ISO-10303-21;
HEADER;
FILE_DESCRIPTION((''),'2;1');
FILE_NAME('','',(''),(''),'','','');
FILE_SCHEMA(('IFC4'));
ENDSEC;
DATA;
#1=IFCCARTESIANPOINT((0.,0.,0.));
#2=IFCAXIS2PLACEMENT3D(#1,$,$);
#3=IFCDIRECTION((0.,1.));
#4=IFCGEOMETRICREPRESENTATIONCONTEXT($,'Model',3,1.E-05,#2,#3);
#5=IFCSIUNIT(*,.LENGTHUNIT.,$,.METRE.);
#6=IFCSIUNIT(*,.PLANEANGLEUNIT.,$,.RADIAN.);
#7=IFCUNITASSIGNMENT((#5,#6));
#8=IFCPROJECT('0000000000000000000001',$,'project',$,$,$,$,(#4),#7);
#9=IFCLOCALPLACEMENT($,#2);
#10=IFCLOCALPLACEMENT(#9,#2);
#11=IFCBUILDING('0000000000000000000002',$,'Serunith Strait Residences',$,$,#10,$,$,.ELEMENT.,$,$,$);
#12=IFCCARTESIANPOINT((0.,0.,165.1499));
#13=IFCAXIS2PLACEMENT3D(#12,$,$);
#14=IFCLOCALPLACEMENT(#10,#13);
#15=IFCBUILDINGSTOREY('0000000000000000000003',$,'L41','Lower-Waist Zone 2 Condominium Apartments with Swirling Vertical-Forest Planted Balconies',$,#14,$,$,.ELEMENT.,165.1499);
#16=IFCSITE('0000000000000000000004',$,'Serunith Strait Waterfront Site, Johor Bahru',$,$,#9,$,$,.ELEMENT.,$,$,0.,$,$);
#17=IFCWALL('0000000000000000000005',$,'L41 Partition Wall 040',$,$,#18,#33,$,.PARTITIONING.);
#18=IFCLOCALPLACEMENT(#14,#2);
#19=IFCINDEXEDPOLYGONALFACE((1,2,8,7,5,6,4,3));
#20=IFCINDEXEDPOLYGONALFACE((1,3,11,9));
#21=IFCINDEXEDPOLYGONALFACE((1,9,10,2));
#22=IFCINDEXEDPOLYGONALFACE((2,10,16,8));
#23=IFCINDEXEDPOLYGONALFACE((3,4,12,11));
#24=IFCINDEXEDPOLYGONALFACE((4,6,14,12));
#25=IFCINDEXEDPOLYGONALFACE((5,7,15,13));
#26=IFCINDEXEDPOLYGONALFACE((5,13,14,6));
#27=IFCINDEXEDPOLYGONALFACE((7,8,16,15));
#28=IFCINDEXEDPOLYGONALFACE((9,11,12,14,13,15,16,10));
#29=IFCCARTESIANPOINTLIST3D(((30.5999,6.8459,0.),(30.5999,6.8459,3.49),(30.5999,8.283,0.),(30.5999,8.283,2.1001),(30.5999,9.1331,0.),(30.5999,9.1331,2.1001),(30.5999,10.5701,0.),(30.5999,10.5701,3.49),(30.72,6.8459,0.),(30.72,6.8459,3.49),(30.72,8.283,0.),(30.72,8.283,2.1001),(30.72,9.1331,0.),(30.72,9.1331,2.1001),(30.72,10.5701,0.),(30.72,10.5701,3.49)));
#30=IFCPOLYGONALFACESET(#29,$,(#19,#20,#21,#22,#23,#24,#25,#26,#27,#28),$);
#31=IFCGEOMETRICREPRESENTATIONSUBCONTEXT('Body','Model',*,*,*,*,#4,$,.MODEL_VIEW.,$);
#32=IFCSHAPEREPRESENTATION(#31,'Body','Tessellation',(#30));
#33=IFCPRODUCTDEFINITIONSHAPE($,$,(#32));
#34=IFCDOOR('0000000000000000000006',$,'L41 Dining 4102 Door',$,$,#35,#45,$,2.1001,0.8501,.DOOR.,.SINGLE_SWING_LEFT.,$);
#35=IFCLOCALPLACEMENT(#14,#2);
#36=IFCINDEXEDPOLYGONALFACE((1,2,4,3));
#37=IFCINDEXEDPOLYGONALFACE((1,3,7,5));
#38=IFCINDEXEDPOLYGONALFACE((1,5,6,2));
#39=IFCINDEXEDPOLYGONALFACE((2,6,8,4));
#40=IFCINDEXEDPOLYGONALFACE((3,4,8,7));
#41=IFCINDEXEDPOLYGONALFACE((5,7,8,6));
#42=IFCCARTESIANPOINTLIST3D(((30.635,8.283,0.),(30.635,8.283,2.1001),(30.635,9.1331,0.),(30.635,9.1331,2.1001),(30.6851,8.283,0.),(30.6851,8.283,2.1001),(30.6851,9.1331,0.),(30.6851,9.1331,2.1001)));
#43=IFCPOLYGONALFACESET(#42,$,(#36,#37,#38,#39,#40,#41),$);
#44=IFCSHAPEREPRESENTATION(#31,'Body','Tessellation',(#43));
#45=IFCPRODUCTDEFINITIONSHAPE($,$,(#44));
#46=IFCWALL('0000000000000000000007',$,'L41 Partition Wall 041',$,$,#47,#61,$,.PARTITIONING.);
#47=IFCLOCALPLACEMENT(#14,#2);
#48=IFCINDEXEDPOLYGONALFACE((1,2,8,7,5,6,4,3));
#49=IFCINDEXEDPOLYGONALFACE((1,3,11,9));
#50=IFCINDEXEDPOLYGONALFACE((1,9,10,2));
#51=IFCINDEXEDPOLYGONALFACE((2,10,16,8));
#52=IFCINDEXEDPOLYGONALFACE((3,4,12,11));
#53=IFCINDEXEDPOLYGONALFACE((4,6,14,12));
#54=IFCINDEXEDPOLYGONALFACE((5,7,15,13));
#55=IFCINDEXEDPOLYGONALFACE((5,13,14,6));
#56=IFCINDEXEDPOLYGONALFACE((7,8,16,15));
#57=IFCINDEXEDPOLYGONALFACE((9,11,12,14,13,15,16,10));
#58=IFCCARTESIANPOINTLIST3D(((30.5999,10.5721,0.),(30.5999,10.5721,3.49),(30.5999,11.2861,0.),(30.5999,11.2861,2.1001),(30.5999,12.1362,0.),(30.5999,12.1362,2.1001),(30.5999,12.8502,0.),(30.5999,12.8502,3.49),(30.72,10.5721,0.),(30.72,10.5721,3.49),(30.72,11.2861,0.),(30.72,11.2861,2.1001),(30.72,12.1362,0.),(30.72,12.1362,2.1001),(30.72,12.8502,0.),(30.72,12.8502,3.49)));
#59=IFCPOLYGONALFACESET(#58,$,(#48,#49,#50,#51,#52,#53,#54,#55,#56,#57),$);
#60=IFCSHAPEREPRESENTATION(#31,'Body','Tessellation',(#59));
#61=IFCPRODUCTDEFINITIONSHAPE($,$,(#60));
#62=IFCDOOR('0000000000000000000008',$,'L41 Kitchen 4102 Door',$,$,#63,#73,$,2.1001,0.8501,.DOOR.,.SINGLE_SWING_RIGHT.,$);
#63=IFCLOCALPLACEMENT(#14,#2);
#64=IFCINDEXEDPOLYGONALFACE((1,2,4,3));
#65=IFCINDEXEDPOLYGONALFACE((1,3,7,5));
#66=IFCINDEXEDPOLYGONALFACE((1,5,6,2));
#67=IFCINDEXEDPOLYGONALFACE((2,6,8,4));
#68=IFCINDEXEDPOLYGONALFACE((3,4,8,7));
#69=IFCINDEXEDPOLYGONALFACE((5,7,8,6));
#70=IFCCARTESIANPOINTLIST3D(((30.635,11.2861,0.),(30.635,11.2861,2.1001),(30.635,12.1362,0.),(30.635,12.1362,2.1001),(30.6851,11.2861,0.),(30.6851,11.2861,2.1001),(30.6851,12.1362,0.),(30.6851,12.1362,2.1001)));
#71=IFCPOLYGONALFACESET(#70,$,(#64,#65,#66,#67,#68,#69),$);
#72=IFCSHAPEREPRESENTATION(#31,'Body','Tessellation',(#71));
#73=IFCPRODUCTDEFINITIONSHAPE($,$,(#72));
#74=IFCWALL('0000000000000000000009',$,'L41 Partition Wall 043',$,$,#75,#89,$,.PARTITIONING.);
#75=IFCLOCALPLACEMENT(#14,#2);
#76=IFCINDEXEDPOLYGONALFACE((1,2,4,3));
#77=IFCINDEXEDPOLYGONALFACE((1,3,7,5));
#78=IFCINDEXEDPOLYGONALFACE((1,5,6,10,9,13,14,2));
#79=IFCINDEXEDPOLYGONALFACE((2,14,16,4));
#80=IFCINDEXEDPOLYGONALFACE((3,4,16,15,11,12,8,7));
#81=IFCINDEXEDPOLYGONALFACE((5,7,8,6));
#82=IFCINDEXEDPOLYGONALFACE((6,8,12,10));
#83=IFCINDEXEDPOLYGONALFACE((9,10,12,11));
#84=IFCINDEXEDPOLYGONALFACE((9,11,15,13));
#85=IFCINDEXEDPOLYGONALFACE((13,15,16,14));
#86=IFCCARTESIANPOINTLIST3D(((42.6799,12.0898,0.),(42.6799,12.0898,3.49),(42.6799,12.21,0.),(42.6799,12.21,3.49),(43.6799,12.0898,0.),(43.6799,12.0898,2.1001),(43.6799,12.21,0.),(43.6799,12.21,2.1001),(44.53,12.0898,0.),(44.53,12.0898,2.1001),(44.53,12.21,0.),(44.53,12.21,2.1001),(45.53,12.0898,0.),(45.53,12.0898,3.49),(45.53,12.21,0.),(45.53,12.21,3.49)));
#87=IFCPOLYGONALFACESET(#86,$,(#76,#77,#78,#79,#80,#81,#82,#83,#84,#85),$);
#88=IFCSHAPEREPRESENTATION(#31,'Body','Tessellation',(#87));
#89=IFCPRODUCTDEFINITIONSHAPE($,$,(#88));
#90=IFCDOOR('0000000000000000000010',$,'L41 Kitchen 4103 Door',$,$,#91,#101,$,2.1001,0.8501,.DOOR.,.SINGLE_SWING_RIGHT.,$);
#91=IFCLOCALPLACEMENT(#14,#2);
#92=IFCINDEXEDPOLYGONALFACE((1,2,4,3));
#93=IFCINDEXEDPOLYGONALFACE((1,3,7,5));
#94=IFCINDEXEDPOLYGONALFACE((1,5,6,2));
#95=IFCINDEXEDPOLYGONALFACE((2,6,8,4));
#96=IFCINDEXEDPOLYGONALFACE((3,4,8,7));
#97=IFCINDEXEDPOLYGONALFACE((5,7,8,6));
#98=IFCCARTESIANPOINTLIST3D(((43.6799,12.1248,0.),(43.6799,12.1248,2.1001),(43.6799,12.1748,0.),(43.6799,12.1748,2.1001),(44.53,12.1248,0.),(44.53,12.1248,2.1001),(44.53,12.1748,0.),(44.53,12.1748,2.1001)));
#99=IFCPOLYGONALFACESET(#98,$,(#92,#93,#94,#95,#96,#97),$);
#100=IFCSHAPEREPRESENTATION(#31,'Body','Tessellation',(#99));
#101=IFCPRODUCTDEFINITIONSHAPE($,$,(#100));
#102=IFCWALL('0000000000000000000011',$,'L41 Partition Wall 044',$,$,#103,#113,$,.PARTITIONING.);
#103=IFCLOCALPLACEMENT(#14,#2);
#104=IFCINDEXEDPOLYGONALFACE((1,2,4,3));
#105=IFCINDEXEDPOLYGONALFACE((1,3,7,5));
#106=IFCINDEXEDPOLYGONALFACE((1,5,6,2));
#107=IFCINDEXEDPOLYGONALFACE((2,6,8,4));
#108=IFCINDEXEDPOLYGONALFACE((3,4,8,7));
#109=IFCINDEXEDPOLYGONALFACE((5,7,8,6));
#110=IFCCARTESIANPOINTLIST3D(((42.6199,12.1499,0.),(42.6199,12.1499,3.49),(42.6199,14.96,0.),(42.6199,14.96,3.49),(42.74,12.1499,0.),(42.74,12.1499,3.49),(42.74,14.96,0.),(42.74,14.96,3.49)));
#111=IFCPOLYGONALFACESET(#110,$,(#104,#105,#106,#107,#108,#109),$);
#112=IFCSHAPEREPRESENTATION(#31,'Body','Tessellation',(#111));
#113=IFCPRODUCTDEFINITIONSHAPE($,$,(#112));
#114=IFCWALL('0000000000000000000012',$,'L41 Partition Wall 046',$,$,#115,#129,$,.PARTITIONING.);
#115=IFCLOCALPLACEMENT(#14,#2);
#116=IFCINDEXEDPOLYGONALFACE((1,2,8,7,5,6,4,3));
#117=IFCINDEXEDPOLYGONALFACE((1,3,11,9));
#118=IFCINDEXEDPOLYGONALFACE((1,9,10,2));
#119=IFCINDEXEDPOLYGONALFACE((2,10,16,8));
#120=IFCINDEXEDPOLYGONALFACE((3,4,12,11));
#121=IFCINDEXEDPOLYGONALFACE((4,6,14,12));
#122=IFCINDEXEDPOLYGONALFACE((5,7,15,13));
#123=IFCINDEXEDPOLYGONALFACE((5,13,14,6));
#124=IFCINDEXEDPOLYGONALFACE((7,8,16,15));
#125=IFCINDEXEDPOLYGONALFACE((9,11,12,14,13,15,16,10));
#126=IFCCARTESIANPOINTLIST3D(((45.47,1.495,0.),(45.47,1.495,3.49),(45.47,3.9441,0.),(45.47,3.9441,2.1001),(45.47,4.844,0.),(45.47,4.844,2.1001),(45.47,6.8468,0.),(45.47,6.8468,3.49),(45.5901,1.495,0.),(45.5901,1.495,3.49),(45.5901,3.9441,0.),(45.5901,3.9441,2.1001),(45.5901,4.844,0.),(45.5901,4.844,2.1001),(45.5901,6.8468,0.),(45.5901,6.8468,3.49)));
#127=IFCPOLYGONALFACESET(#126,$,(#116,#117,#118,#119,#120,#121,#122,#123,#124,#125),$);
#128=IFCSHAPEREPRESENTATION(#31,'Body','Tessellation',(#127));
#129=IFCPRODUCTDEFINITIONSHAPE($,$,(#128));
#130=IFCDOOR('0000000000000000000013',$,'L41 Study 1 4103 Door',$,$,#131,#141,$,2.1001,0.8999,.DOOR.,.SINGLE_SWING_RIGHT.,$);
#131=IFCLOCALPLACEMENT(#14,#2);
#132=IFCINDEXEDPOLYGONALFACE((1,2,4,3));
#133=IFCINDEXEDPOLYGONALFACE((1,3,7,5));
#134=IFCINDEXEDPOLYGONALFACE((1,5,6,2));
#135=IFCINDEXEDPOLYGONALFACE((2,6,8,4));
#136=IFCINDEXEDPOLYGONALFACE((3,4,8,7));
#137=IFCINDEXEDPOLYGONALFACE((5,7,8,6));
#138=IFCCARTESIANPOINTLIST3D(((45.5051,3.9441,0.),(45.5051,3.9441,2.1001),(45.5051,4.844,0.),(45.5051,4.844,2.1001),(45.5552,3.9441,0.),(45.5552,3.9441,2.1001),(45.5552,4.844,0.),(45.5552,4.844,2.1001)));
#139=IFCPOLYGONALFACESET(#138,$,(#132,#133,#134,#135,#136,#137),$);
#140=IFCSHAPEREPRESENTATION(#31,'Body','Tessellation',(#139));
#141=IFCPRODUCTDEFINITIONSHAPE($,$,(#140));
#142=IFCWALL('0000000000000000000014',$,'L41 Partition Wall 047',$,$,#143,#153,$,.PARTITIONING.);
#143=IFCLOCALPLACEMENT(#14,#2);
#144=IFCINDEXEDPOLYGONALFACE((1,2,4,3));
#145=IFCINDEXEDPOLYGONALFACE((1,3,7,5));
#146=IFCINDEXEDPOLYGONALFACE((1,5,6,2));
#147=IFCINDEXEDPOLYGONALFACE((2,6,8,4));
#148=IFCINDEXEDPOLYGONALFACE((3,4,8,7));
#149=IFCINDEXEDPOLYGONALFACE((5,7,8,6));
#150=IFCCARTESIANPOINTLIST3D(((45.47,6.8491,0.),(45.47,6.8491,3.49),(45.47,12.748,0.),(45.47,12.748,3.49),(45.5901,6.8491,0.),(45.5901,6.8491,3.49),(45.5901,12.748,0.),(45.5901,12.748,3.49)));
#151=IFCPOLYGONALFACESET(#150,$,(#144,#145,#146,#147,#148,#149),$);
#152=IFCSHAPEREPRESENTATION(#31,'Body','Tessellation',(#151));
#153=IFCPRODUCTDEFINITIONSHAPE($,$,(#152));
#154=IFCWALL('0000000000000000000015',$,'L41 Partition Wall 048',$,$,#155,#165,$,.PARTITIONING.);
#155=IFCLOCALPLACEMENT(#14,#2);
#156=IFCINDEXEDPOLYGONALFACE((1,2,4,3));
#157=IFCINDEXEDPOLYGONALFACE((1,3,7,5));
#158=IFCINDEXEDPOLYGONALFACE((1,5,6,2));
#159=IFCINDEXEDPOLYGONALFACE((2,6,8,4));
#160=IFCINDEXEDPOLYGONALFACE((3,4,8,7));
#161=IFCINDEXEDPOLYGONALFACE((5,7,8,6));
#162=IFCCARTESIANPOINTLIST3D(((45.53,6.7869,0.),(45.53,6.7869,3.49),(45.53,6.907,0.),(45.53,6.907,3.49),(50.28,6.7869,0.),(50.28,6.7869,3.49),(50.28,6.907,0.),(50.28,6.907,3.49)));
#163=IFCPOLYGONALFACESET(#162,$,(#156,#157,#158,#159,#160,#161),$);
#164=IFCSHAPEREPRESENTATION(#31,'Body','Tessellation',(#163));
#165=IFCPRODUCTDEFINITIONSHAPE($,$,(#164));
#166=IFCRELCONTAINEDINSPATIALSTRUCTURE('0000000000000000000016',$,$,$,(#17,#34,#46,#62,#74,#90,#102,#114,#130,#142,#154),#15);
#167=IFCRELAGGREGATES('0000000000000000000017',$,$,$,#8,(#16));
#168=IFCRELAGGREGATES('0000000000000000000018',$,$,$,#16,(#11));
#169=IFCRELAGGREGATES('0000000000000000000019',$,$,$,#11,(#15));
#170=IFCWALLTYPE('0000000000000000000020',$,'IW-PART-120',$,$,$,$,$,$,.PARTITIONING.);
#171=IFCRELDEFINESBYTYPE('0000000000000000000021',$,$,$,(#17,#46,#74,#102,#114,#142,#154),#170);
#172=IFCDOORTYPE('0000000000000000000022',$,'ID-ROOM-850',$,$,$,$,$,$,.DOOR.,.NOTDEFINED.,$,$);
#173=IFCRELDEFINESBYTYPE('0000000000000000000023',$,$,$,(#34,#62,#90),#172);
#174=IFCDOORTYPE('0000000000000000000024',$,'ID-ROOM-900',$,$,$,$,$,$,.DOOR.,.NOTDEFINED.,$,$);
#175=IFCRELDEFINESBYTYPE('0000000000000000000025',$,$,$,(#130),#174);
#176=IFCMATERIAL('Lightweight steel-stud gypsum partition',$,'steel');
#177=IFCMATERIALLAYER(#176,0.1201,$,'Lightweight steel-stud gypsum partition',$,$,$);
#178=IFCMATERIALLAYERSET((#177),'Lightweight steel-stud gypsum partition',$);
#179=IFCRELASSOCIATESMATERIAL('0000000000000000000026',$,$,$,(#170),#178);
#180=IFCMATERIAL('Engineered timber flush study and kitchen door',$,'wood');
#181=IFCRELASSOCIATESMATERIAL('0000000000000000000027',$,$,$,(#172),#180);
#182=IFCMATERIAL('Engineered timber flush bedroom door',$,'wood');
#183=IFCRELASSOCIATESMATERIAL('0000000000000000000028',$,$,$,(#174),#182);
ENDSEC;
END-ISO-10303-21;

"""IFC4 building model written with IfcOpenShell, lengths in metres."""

from ifc_helpers import new_model, si_unit, direction, frame, frame_2d, origin, place, context, subcontext, project, spatial, rectangle, extrude, source, transform, mapped, material, layer, layer_set, type_object, element, fill, save


model = new_model("IFC4")

# Units and contexts
model_context = context("Model", 3, precision=1e-05, world=origin(), true_north=direction((0.0, 1.0)))
body_context = subcontext(model_context, "Body", "Model", "MODEL_VIEW")
ifc_project = project(units=[si_unit("LENGTHUNIT", "METRE"), si_unit("PLANEANGLEUNIT", "RADIAN")], contexts=[model_context])

# Site, building, storey
site_placement = place(None, origin())
site = spatial("IfcSite", under=ifc_project, at=site_placement, Name="Serunith Strait Waterfront Site, Johor Bahru", CompositionType="ELEMENT", RefElevation=0.0)
building_placement = place(site_placement, origin())
building = spatial("IfcBuilding", under=site, at=building_placement, Name="Serunith Strait Residences", CompositionType="ELEMENT")
storey_placement = place(building_placement, frame((0.0, 0.0, 165.1499)))
storey = spatial("IfcBuildingStorey", under=building, at=storey_placement, Name="L41", Description="Lower-Waist Zone 2 Condominium Apartments with Swirling Vertical-Forest Planted Balconies", CompositionType="ELEMENT", Elevation=165.1499)

# Shared definitions
ifc_material_1 = material(Name="Lightweight steel-stud gypsum partition", Category="steel")
ifc_layer_1 = layer(ifc_material_1, 0.1201, Name="Lightweight steel-stud gypsum partition")
ifc_layer_set_1 = layer_set([ifc_layer_1], Name="Lightweight steel-stud gypsum partition")
wall_type_1 = type_object("IfcWallType", Name="IW-PART-120", PredefinedType="PARTITIONING", material=ifc_layer_set_1)

# Walls, openings, doors
wall_1_placement = place(storey_placement, frame((30.6599, 6.8459, 0.0), z_axis=(0.0, 0.0, 1.0), x_axis=(0.0, 1.0, 0.0)))
wall_1 = element("IfcWall", 1, at=wall_1_placement, inside=storey, type_object=wall_type_1, Name="L41 Partition Wall 040", PredefinedType="PARTITIONING", context=body_context, shape_type="SweptSolid", body=[
    extrude(rectangle(XDim=3.7241, YDim=0.1201, at=frame_2d((1.8621, 0.0))), origin(), (0.0, 0.0, 1.0), 3.49),
])
opening_1_placement = place(wall_1_placement, frame((1.437, 0.0, 0.0)))
opening_1 = element("IfcOpeningElement", 2, at=opening_1_placement, cuts=wall_1, PredefinedType="OPENING", context=body_context, shape_type="SweptSolid", body=[
    extrude(rectangle(XDim=0.8501, YDim=2.1001, at=frame_2d((0.425, 1.05))), frame((0.0, 0.0701, 0.0), z_axis=(0.0, -1.0, 0.0), x_axis=(1.0, 0.0, 0.0)), (0.0, 0.0, 1.0), 0.1401),
])
ifc_material_2 = material(Name="Engineered timber flush study and kitchen door", Category="wood")
door_type_1 = type_object("IfcDoorType", Name="ID-ROOM-850", OperationType="NOTDEFINED", PredefinedType="DOOR", material=ifc_material_2)
shared_shape_1 = source(origin(), body_context, "Body", "SweptSolid", [
    extrude(rectangle(XDim=0.8501, YDim=2.1001, at=frame_2d((0.425, 1.05))), frame((0.0, 0.0249, 0.0), z_axis=(0.0, -1.0, 0.0), x_axis=(1.0, 0.0, 0.0)), (0.0, 0.0, 1.0), 0.05),
])
door_1_placement = place(opening_1_placement, origin())
door_1 = element("IfcDoor", 3, at=door_1_placement, inside=storey, type_object=door_type_1, Name="L41 Dining 4102 Door", OperationType="SINGLE_SWING_LEFT", OverallHeight=2.1001, OverallWidth=0.8501, PredefinedType="DOOR", context=body_context, shape_type="MappedRepresentation", body=[
    mapped(shared_shape_1, transform((0.0, 0.0, 0.0), scale=1.0)),
])
fill(opening_1, door_1)
wall_2_placement = place(storey_placement, frame((30.6599, 10.572, 0.0), z_axis=(0.0, 0.0, 1.0), x_axis=(0.0, 1.0, 0.0)))
wall_2 = element("IfcWall", 4, at=wall_2_placement, inside=storey, type_object=wall_type_1, Name="L41 Partition Wall 041", PredefinedType="PARTITIONING", context=body_context, shape_type="SweptSolid", body=[
    extrude(rectangle(XDim=2.2781, YDim=0.1201, at=frame_2d((1.1392, 0.0))), origin(), (0.0, 0.0, 1.0), 3.49),
])
opening_2_placement = place(wall_2_placement, frame((0.7141, 0.0, 0.0)))
opening_2 = element("IfcOpeningElement", 5, at=opening_2_placement, cuts=wall_2, PredefinedType="OPENING", context=body_context, shape_type="SweptSolid", body=[
    extrude(rectangle(XDim=0.8501, YDim=2.1001, at=frame_2d((0.425, 1.05))), frame((0.0, 0.0701, 0.0), z_axis=(0.0, -1.0, 0.0), x_axis=(1.0, 0.0, 0.0)), (0.0, 0.0, 1.0), 0.1401),
])
door_2_placement = place(opening_2_placement, origin())
door_2 = element("IfcDoor", 6, at=door_2_placement, inside=storey, type_object=door_type_1, Name="L41 Kitchen 4102 Door", OperationType="SINGLE_SWING_RIGHT", OverallHeight=2.1001, OverallWidth=0.8501, PredefinedType="DOOR", context=body_context, shape_type="MappedRepresentation", body=[
    mapped(shared_shape_1, transform((0.0, 0.0, 0.0), scale=1.0)),
])
fill(opening_2, door_2)
wall_3_placement = place(storey_placement, frame((42.6799, 12.1499, 0.0), z_axis=(0.0, 0.0, 1.0), x_axis=(1.0, 0.0, 0.0)))
wall_3 = element("IfcWall", 7, at=wall_3_placement, inside=storey, type_object=wall_type_1, Name="L41 Partition Wall 043", PredefinedType="PARTITIONING", context=body_context, shape_type="SweptSolid", body=[
    extrude(rectangle(XDim=2.8501, YDim=0.1201, at=frame_2d((1.425, 0.0))), origin(), (0.0, 0.0, 1.0), 3.49),
])
opening_3_placement = place(wall_3_placement, frame((1.0, 0.0, 0.0)))
opening_3 = element("IfcOpeningElement", 8, at=opening_3_placement, cuts=wall_3, PredefinedType="OPENING", context=body_context, shape_type="SweptSolid", body=[
    extrude(rectangle(XDim=0.8501, YDim=2.1001, at=frame_2d((0.425, 1.05))), frame((0.0, 0.0701, 0.0), z_axis=(0.0, -1.0, 0.0), x_axis=(1.0, 0.0, 0.0)), (0.0, 0.0, 1.0), 0.1401),
])
door_3_placement = place(opening_3_placement, origin())
door_3 = element("IfcDoor", 9, at=door_3_placement, inside=storey, type_object=door_type_1, Name="L41 Kitchen 4103 Door", OperationType="SINGLE_SWING_RIGHT", OverallHeight=2.1001, OverallWidth=0.8501, PredefinedType="DOOR", context=body_context, shape_type="MappedRepresentation", body=[
    mapped(shared_shape_1, transform((0.0, 0.0, 0.0), scale=1.0)),
])
fill(opening_3, door_3)

# Wall
wall_4_placement = place(storey_placement, frame((42.6799, 12.1499, 0.0), z_axis=(0.0, 0.0, 1.0), x_axis=(0.0, 1.0, 0.0)))
element("IfcWall", 10, at=wall_4_placement, inside=storey, type_object=wall_type_1, Name="L41 Partition Wall 044", PredefinedType="PARTITIONING", context=body_context, shape_type="SweptSolid", body=[
    extrude(rectangle(XDim=2.8101, YDim=0.1201, at=frame_2d((1.405, 0.0))), origin(), (0.0, 0.0, 1.0), 3.49),
])

# Wall, opening, door
wall_5_placement = place(storey_placement, frame((45.53, 1.4951, 0.0), z_axis=(0.0, 0.0, 1.0), x_axis=(0.0, 1.0, 0.0)))
wall_5 = element("IfcWall", 11, at=wall_5_placement, inside=storey, type_object=wall_type_1, Name="L41 Partition Wall 046", PredefinedType="PARTITIONING", context=body_context, shape_type="SweptSolid", body=[
    extrude(rectangle(XDim=5.3518, YDim=0.1201, at=frame_2d((2.6758, 0.0))), origin(), (0.0, 0.0, 1.0), 3.49),
])
opening_4_placement = place(wall_5_placement, frame((2.449, 0.0, 0.0)))
opening_4 = element("IfcOpeningElement", 12, at=opening_4_placement, cuts=wall_5, PredefinedType="OPENING", context=body_context, shape_type="SweptSolid", body=[
    extrude(rectangle(XDim=0.8999, YDim=2.1001, at=frame_2d((0.45, 1.05))), frame((0.0, 0.0701, 0.0), z_axis=(0.0, -1.0, 0.0), x_axis=(1.0, 0.0, 0.0)), (0.0, 0.0, 1.0), 0.1401),
])
ifc_material_3 = material(Name="Engineered timber flush bedroom door", Category="wood")
door_type_2 = type_object("IfcDoorType", Name="ID-ROOM-900", OperationType="NOTDEFINED", PredefinedType="DOOR", material=ifc_material_3)
shared_shape_2 = source(origin(), body_context, "Body", "SweptSolid", [
    extrude(rectangle(XDim=0.8999, YDim=2.1001, at=frame_2d((0.45, 1.05))), frame((0.0, 0.0249, 0.0), z_axis=(0.0, -1.0, 0.0), x_axis=(1.0, 0.0, 0.0)), (0.0, 0.0, 1.0), 0.05),
])
door_4_placement = place(opening_4_placement, origin())
door_4 = element("IfcDoor", 13, at=door_4_placement, inside=storey, type_object=door_type_2, Name="L41 Study 1 4103 Door", OperationType="SINGLE_SWING_RIGHT", OverallHeight=2.1001, OverallWidth=0.8999, PredefinedType="DOOR", context=body_context, shape_type="MappedRepresentation", body=[
    mapped(shared_shape_2, transform((0.0, 0.0, 0.0), scale=1.0)),
])
fill(opening_4, door_4)

# Walls
wall_6_placement = place(storey_placement, frame((45.53, 6.8491, 0.0), z_axis=(0.0, 0.0, 1.0), x_axis=(0.0, 1.0, 0.0)))
element("IfcWall", 14, at=wall_6_placement, inside=storey, type_object=wall_type_1, Name="L41 Partition Wall 047", PredefinedType="PARTITIONING", context=body_context, shape_type="SweptSolid", body=[
    extrude(rectangle(XDim=5.8989, YDim=0.1201, at=frame_2d((2.9495, 0.0))), origin(), (0.0, 0.0, 1.0), 3.49),
])
wall_7_placement = place(storey_placement, frame((45.53, 6.8469, 0.0), z_axis=(0.0, 0.0, 1.0), x_axis=(1.0, 0.0, 0.0)))
element("IfcWall", 15, at=wall_7_placement, inside=storey, type_object=wall_type_1, Name="L41 Partition Wall 048", PredefinedType="PARTITIONING", context=body_context, shape_type="SweptSolid", body=[
    extrude(rectangle(XDim=4.75, YDim=0.1201, at=frame_2d((2.375, 0.0))), origin(), (0.0, 0.0, 1.0), 3.49),
])

save(model, "model.ifc")
